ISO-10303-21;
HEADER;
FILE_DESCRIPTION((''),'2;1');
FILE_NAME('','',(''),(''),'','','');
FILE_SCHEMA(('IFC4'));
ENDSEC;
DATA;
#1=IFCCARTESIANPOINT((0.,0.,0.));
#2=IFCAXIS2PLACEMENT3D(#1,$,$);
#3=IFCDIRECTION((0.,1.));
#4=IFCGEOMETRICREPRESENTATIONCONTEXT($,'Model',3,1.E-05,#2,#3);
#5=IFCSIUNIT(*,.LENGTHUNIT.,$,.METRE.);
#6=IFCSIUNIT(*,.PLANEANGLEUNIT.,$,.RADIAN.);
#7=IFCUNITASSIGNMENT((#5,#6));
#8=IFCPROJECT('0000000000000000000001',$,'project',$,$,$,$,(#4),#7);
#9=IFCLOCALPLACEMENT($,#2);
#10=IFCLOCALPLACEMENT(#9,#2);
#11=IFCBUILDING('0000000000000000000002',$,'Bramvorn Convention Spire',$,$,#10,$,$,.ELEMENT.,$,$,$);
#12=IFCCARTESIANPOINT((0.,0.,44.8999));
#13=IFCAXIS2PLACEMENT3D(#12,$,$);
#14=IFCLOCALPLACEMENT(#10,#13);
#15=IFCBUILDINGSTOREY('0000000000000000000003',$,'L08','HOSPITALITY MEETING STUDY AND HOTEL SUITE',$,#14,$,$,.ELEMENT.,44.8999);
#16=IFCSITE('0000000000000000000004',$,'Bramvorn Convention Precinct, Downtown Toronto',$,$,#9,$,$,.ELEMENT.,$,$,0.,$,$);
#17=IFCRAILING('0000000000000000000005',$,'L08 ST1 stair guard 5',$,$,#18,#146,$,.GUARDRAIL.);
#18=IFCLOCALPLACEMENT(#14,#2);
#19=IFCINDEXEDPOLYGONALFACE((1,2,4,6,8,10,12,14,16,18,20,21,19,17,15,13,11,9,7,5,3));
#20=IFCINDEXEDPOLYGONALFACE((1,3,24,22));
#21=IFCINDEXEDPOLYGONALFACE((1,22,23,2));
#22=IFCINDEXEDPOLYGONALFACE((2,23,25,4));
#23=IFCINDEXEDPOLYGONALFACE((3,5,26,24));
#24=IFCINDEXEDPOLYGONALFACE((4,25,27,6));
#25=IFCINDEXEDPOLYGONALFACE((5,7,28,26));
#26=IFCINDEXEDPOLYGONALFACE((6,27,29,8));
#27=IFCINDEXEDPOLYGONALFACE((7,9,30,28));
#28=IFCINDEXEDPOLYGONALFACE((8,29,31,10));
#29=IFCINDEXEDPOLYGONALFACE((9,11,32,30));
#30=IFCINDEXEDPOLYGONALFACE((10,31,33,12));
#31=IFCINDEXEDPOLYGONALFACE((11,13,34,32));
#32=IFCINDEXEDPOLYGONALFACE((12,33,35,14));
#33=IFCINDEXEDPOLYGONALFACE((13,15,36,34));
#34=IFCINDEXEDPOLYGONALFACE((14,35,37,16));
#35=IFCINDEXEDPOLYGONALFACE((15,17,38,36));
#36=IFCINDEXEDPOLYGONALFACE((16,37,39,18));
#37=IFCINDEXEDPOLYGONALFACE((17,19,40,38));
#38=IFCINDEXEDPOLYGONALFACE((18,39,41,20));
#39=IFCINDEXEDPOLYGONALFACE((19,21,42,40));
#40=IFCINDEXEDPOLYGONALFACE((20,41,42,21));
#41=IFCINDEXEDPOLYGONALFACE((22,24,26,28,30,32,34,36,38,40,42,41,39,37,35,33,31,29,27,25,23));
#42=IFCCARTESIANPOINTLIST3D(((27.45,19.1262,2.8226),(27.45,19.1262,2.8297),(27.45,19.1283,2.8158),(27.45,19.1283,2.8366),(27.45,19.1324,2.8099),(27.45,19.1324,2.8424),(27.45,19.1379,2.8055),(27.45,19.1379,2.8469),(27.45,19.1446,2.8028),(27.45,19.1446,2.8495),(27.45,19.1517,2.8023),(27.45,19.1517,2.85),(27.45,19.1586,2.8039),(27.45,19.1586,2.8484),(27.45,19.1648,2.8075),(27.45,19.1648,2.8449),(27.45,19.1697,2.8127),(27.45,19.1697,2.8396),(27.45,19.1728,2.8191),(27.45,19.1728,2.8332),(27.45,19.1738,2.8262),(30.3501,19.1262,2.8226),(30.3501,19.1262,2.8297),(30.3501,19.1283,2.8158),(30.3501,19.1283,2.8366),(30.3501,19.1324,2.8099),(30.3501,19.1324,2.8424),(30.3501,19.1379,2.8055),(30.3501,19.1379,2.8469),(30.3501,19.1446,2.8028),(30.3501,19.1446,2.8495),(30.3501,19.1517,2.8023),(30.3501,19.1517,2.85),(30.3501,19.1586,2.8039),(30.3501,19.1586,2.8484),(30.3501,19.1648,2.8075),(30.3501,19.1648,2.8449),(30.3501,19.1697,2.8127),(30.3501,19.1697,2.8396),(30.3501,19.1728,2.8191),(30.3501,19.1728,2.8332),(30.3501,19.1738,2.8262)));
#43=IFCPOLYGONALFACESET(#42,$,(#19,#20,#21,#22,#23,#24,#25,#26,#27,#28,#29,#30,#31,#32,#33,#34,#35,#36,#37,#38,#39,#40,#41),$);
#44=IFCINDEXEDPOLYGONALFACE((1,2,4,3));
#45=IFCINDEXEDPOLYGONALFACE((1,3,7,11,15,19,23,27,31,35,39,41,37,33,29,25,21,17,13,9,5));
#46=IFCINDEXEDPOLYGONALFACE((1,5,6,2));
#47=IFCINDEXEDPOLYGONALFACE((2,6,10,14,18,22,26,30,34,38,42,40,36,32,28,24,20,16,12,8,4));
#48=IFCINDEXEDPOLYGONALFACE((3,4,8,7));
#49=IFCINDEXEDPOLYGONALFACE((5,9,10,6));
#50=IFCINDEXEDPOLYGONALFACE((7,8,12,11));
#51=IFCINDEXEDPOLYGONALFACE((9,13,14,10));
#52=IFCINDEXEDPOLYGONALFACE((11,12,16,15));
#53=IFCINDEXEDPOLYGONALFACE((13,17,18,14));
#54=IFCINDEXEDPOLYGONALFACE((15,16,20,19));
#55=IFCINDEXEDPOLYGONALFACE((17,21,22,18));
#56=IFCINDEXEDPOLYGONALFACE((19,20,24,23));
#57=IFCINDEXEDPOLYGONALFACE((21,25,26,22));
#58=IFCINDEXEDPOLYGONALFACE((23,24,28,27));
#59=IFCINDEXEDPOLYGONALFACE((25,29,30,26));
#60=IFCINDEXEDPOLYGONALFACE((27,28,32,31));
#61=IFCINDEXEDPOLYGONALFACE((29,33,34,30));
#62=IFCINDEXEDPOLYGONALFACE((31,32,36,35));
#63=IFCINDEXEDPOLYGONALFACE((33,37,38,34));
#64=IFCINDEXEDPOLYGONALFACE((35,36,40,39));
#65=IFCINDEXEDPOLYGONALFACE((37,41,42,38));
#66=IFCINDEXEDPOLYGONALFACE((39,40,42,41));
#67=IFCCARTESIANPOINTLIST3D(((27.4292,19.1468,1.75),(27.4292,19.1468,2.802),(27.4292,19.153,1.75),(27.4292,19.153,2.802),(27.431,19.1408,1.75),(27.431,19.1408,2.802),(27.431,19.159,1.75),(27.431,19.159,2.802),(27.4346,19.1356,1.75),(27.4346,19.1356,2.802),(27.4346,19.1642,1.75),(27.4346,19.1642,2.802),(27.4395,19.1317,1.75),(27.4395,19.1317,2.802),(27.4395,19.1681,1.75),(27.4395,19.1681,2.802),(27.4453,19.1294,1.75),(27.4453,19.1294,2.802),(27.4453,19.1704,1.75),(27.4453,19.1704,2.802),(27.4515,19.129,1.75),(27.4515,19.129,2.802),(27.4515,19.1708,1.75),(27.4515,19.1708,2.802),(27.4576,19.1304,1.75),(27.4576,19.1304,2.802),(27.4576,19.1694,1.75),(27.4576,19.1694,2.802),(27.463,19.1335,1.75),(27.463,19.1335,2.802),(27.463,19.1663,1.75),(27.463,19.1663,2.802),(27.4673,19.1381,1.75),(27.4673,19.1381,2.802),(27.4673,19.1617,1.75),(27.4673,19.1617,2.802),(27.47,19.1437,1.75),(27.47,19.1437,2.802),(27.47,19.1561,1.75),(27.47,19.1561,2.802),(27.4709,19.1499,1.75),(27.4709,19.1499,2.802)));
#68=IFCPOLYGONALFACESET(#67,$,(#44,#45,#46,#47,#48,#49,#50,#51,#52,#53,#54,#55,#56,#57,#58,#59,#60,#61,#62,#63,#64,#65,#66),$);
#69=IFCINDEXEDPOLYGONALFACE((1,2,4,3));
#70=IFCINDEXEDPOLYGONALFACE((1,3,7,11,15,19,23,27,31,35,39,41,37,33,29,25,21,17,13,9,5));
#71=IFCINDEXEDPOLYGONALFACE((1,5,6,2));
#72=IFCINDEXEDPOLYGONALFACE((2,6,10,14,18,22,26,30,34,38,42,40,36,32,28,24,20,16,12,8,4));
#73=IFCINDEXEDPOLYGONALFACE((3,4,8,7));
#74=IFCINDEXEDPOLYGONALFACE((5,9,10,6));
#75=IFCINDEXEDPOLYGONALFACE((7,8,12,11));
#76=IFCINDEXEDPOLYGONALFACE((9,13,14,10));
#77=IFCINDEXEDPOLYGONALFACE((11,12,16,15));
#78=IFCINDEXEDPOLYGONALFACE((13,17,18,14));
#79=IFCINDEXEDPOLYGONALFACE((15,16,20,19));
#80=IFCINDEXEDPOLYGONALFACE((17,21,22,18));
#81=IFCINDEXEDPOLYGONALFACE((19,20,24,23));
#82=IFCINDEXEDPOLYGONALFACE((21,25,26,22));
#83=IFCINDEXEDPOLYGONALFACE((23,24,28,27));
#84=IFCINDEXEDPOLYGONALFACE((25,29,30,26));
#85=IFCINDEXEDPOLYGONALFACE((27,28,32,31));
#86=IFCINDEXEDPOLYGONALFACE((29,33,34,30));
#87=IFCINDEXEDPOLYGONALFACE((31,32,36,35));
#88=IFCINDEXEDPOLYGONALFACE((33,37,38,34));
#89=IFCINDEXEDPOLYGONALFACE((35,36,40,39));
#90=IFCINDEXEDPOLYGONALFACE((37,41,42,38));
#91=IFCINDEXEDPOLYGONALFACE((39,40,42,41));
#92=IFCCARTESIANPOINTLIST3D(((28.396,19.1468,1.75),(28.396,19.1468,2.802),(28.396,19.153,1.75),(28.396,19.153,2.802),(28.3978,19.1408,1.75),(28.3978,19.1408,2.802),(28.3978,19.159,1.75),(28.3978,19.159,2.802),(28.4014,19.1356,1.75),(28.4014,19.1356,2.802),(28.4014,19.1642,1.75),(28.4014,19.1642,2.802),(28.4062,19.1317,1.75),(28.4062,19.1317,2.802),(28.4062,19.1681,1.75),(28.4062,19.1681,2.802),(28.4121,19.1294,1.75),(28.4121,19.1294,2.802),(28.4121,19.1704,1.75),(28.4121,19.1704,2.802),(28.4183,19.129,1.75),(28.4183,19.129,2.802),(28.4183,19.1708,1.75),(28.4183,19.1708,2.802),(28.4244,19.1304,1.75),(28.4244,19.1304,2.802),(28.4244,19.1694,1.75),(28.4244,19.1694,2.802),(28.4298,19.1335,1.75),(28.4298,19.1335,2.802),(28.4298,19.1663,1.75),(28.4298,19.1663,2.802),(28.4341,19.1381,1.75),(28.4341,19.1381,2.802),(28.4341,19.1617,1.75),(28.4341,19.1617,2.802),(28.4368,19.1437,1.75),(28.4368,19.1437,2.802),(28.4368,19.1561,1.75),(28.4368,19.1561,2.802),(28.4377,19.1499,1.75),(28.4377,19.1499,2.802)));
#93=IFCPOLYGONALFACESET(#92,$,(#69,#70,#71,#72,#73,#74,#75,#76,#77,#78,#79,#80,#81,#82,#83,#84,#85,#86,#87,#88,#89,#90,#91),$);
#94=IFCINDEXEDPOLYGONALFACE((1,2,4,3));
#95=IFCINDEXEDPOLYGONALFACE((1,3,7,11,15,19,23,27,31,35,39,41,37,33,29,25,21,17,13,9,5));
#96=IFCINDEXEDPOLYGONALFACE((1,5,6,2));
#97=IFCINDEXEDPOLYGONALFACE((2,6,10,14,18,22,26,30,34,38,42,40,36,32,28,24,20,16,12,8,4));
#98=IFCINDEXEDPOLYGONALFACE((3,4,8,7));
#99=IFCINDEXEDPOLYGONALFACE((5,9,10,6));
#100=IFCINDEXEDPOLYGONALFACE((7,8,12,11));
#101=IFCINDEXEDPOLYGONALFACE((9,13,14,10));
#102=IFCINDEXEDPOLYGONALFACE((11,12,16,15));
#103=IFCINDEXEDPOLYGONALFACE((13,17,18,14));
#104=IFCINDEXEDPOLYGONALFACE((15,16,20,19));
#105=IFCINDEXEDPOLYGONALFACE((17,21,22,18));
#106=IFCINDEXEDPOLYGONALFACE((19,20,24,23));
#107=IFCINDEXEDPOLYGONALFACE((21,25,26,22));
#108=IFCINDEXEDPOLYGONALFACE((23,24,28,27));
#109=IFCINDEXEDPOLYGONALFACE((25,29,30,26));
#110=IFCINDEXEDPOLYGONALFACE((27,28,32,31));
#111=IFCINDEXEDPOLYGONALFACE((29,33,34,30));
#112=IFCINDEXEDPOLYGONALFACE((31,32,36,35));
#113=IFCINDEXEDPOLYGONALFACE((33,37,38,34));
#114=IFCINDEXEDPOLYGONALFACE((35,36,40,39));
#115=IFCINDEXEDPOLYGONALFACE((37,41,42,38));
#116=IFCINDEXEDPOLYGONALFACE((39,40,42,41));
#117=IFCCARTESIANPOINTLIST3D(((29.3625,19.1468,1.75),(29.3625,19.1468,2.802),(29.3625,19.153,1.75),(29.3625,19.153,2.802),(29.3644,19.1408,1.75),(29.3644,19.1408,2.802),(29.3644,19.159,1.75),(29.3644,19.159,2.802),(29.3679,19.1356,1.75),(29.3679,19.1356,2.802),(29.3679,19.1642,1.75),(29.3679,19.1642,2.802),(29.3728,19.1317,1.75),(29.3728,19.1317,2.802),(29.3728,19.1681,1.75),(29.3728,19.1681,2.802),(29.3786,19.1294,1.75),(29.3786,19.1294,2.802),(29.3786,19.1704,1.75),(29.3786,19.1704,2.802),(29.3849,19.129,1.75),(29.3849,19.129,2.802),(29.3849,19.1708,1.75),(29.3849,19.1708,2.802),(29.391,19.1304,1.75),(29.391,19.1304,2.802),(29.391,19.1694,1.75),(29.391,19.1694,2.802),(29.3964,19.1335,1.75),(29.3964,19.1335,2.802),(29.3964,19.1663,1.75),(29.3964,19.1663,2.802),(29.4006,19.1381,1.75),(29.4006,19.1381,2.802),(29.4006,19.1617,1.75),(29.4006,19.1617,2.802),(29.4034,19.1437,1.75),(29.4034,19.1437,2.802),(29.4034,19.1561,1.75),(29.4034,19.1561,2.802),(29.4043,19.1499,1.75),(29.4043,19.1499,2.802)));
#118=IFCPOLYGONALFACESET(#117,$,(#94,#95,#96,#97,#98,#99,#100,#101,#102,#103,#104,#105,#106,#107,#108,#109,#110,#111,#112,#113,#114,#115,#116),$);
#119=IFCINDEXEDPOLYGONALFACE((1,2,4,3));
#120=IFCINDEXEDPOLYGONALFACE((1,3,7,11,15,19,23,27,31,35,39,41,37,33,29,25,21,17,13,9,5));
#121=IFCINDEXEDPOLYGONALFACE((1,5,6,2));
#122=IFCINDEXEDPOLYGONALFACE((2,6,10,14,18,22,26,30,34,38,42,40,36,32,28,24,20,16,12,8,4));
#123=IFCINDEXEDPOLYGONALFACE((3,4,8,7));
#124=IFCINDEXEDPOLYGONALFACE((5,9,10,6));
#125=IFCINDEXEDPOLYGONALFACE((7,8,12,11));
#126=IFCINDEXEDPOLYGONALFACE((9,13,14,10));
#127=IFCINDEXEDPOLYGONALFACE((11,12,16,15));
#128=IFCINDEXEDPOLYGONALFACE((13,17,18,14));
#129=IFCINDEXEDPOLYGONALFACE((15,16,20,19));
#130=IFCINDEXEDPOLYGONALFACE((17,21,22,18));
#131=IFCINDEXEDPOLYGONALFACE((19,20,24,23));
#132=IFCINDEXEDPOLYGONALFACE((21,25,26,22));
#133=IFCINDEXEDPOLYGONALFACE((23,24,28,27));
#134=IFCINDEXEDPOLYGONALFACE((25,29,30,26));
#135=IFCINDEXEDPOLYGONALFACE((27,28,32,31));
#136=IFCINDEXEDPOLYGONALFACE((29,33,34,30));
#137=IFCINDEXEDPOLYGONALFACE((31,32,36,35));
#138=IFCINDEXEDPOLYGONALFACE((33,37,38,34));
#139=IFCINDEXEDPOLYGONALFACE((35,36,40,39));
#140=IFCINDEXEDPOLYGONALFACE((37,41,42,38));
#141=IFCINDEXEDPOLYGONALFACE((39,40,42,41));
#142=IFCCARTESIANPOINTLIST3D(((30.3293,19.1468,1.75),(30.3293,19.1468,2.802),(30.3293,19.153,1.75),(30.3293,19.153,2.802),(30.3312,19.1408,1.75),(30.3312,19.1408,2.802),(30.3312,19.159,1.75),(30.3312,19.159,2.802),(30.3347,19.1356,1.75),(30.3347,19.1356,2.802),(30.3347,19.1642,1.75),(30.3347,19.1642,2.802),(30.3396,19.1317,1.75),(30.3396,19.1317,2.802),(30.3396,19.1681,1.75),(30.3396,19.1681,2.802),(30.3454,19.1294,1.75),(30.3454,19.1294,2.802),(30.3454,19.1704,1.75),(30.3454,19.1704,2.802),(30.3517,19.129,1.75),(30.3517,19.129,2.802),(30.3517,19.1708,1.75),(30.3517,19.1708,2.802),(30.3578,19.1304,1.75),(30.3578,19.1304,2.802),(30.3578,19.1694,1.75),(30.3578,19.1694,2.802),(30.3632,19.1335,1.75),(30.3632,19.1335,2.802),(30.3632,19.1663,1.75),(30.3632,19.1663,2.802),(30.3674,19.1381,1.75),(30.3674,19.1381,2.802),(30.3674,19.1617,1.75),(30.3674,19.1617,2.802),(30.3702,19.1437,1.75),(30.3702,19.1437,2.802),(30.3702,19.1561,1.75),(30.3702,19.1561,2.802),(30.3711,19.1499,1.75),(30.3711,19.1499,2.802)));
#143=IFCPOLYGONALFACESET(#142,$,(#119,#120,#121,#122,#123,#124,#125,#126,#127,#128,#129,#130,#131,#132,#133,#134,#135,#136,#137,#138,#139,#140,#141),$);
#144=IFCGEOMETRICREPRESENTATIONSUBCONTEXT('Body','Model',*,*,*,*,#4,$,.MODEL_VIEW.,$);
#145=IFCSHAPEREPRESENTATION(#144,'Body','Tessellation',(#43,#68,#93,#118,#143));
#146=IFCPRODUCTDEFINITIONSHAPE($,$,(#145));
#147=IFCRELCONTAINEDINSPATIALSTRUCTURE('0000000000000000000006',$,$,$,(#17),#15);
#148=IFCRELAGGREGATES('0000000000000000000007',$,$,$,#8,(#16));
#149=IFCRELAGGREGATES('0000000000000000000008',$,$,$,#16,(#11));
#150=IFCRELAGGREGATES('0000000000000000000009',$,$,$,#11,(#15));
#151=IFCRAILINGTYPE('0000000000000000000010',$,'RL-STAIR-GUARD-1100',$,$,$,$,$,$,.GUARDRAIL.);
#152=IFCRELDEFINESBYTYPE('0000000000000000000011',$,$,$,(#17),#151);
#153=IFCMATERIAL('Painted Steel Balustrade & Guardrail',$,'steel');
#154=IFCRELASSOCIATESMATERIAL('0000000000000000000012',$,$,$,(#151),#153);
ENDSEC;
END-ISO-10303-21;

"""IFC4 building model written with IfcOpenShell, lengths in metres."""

from ifc_helpers import new_model, si_unit, direction, frame, origin, origin_2d, place, context, subcontext, project, spatial, circle, extrude, material, type_object, element, save


model = new_model("IFC4")

# Units and contexts
model_context = context("Model", 3, precision=1e-05, world=origin(), true_north=direction((0.0, 1.0)))
body_context = subcontext(model_context, "Body", "Model", "MODEL_VIEW")
ifc_project = project(units=[si_unit("LENGTHUNIT", "METRE"), si_unit("PLANEANGLEUNIT", "RADIAN")], contexts=[model_context])

# Site, building, storey
site_placement = place(None, origin())
site = spatial("IfcSite", under=ifc_project, at=site_placement, Name="Bramvorn Convention Precinct, Downtown Toronto", CompositionType="ELEMENT", RefElevation=0.0)
building_placement = place(site_placement, origin())
building = spatial("IfcBuilding", under=site, at=building_placement, Name="Bramvorn Convention Spire", CompositionType="ELEMENT")
storey_placement = place(building_placement, frame((0.0, 0.0, 44.8999)))
storey = spatial("IfcBuildingStorey", under=building, at=storey_placement, Name="L08", Description="HOSPITALITY MEETING STUDY AND HOTEL SUITE", CompositionType="ELEMENT", Elevation=44.8999)

# Railing
ifc_material_1 = material(Name="Painted Steel Balustrade & Guardrail", Category="steel")
railing_type_1 = type_object("IfcRailingType", Name="RL-STAIR-GUARD-1100", PredefinedType="GUARDRAIL", material=ifc_material_1)
railing_1_placement = place(storey_placement, frame((27.45, 19.1499, 1.75)))
element("IfcRailing", 1, at=railing_1_placement, inside=storey, type_object=railing_type_1, Name="L08 ST1 stair guard 5", PredefinedType="GUARDRAIL", context=body_context, shape_type="SweptSolid", body=[
    extrude(circle(Radius=0.0239, at=origin_2d()), frame((0.0, 0.0, 1.0762), z_axis=(1.0, 0.0, 0.0), x_axis=(0.0, 1.0, 0.0)), (0.0, 0.0, 1.0), 2.9001),
    extrude(circle(Radius=0.021, at=origin_2d()), origin(), (0.0, 0.0, 1.0), 1.052),
    extrude(circle(Radius=0.021, at=origin_2d()), frame((0.9668, 0.0, 0.0)), (0.0, 0.0, 1.0), 1.052),
    extrude(circle(Radius=0.021, at=origin_2d()), frame((1.9333, 0.0, 0.0)), (0.0, 0.0, 1.0), 1.052),
    extrude(circle(Radius=0.021, at=origin_2d()), frame((2.9001, 0.0, 0.0)), (0.0, 0.0, 1.0), 1.052),
])

save(model, "model.ifc")
